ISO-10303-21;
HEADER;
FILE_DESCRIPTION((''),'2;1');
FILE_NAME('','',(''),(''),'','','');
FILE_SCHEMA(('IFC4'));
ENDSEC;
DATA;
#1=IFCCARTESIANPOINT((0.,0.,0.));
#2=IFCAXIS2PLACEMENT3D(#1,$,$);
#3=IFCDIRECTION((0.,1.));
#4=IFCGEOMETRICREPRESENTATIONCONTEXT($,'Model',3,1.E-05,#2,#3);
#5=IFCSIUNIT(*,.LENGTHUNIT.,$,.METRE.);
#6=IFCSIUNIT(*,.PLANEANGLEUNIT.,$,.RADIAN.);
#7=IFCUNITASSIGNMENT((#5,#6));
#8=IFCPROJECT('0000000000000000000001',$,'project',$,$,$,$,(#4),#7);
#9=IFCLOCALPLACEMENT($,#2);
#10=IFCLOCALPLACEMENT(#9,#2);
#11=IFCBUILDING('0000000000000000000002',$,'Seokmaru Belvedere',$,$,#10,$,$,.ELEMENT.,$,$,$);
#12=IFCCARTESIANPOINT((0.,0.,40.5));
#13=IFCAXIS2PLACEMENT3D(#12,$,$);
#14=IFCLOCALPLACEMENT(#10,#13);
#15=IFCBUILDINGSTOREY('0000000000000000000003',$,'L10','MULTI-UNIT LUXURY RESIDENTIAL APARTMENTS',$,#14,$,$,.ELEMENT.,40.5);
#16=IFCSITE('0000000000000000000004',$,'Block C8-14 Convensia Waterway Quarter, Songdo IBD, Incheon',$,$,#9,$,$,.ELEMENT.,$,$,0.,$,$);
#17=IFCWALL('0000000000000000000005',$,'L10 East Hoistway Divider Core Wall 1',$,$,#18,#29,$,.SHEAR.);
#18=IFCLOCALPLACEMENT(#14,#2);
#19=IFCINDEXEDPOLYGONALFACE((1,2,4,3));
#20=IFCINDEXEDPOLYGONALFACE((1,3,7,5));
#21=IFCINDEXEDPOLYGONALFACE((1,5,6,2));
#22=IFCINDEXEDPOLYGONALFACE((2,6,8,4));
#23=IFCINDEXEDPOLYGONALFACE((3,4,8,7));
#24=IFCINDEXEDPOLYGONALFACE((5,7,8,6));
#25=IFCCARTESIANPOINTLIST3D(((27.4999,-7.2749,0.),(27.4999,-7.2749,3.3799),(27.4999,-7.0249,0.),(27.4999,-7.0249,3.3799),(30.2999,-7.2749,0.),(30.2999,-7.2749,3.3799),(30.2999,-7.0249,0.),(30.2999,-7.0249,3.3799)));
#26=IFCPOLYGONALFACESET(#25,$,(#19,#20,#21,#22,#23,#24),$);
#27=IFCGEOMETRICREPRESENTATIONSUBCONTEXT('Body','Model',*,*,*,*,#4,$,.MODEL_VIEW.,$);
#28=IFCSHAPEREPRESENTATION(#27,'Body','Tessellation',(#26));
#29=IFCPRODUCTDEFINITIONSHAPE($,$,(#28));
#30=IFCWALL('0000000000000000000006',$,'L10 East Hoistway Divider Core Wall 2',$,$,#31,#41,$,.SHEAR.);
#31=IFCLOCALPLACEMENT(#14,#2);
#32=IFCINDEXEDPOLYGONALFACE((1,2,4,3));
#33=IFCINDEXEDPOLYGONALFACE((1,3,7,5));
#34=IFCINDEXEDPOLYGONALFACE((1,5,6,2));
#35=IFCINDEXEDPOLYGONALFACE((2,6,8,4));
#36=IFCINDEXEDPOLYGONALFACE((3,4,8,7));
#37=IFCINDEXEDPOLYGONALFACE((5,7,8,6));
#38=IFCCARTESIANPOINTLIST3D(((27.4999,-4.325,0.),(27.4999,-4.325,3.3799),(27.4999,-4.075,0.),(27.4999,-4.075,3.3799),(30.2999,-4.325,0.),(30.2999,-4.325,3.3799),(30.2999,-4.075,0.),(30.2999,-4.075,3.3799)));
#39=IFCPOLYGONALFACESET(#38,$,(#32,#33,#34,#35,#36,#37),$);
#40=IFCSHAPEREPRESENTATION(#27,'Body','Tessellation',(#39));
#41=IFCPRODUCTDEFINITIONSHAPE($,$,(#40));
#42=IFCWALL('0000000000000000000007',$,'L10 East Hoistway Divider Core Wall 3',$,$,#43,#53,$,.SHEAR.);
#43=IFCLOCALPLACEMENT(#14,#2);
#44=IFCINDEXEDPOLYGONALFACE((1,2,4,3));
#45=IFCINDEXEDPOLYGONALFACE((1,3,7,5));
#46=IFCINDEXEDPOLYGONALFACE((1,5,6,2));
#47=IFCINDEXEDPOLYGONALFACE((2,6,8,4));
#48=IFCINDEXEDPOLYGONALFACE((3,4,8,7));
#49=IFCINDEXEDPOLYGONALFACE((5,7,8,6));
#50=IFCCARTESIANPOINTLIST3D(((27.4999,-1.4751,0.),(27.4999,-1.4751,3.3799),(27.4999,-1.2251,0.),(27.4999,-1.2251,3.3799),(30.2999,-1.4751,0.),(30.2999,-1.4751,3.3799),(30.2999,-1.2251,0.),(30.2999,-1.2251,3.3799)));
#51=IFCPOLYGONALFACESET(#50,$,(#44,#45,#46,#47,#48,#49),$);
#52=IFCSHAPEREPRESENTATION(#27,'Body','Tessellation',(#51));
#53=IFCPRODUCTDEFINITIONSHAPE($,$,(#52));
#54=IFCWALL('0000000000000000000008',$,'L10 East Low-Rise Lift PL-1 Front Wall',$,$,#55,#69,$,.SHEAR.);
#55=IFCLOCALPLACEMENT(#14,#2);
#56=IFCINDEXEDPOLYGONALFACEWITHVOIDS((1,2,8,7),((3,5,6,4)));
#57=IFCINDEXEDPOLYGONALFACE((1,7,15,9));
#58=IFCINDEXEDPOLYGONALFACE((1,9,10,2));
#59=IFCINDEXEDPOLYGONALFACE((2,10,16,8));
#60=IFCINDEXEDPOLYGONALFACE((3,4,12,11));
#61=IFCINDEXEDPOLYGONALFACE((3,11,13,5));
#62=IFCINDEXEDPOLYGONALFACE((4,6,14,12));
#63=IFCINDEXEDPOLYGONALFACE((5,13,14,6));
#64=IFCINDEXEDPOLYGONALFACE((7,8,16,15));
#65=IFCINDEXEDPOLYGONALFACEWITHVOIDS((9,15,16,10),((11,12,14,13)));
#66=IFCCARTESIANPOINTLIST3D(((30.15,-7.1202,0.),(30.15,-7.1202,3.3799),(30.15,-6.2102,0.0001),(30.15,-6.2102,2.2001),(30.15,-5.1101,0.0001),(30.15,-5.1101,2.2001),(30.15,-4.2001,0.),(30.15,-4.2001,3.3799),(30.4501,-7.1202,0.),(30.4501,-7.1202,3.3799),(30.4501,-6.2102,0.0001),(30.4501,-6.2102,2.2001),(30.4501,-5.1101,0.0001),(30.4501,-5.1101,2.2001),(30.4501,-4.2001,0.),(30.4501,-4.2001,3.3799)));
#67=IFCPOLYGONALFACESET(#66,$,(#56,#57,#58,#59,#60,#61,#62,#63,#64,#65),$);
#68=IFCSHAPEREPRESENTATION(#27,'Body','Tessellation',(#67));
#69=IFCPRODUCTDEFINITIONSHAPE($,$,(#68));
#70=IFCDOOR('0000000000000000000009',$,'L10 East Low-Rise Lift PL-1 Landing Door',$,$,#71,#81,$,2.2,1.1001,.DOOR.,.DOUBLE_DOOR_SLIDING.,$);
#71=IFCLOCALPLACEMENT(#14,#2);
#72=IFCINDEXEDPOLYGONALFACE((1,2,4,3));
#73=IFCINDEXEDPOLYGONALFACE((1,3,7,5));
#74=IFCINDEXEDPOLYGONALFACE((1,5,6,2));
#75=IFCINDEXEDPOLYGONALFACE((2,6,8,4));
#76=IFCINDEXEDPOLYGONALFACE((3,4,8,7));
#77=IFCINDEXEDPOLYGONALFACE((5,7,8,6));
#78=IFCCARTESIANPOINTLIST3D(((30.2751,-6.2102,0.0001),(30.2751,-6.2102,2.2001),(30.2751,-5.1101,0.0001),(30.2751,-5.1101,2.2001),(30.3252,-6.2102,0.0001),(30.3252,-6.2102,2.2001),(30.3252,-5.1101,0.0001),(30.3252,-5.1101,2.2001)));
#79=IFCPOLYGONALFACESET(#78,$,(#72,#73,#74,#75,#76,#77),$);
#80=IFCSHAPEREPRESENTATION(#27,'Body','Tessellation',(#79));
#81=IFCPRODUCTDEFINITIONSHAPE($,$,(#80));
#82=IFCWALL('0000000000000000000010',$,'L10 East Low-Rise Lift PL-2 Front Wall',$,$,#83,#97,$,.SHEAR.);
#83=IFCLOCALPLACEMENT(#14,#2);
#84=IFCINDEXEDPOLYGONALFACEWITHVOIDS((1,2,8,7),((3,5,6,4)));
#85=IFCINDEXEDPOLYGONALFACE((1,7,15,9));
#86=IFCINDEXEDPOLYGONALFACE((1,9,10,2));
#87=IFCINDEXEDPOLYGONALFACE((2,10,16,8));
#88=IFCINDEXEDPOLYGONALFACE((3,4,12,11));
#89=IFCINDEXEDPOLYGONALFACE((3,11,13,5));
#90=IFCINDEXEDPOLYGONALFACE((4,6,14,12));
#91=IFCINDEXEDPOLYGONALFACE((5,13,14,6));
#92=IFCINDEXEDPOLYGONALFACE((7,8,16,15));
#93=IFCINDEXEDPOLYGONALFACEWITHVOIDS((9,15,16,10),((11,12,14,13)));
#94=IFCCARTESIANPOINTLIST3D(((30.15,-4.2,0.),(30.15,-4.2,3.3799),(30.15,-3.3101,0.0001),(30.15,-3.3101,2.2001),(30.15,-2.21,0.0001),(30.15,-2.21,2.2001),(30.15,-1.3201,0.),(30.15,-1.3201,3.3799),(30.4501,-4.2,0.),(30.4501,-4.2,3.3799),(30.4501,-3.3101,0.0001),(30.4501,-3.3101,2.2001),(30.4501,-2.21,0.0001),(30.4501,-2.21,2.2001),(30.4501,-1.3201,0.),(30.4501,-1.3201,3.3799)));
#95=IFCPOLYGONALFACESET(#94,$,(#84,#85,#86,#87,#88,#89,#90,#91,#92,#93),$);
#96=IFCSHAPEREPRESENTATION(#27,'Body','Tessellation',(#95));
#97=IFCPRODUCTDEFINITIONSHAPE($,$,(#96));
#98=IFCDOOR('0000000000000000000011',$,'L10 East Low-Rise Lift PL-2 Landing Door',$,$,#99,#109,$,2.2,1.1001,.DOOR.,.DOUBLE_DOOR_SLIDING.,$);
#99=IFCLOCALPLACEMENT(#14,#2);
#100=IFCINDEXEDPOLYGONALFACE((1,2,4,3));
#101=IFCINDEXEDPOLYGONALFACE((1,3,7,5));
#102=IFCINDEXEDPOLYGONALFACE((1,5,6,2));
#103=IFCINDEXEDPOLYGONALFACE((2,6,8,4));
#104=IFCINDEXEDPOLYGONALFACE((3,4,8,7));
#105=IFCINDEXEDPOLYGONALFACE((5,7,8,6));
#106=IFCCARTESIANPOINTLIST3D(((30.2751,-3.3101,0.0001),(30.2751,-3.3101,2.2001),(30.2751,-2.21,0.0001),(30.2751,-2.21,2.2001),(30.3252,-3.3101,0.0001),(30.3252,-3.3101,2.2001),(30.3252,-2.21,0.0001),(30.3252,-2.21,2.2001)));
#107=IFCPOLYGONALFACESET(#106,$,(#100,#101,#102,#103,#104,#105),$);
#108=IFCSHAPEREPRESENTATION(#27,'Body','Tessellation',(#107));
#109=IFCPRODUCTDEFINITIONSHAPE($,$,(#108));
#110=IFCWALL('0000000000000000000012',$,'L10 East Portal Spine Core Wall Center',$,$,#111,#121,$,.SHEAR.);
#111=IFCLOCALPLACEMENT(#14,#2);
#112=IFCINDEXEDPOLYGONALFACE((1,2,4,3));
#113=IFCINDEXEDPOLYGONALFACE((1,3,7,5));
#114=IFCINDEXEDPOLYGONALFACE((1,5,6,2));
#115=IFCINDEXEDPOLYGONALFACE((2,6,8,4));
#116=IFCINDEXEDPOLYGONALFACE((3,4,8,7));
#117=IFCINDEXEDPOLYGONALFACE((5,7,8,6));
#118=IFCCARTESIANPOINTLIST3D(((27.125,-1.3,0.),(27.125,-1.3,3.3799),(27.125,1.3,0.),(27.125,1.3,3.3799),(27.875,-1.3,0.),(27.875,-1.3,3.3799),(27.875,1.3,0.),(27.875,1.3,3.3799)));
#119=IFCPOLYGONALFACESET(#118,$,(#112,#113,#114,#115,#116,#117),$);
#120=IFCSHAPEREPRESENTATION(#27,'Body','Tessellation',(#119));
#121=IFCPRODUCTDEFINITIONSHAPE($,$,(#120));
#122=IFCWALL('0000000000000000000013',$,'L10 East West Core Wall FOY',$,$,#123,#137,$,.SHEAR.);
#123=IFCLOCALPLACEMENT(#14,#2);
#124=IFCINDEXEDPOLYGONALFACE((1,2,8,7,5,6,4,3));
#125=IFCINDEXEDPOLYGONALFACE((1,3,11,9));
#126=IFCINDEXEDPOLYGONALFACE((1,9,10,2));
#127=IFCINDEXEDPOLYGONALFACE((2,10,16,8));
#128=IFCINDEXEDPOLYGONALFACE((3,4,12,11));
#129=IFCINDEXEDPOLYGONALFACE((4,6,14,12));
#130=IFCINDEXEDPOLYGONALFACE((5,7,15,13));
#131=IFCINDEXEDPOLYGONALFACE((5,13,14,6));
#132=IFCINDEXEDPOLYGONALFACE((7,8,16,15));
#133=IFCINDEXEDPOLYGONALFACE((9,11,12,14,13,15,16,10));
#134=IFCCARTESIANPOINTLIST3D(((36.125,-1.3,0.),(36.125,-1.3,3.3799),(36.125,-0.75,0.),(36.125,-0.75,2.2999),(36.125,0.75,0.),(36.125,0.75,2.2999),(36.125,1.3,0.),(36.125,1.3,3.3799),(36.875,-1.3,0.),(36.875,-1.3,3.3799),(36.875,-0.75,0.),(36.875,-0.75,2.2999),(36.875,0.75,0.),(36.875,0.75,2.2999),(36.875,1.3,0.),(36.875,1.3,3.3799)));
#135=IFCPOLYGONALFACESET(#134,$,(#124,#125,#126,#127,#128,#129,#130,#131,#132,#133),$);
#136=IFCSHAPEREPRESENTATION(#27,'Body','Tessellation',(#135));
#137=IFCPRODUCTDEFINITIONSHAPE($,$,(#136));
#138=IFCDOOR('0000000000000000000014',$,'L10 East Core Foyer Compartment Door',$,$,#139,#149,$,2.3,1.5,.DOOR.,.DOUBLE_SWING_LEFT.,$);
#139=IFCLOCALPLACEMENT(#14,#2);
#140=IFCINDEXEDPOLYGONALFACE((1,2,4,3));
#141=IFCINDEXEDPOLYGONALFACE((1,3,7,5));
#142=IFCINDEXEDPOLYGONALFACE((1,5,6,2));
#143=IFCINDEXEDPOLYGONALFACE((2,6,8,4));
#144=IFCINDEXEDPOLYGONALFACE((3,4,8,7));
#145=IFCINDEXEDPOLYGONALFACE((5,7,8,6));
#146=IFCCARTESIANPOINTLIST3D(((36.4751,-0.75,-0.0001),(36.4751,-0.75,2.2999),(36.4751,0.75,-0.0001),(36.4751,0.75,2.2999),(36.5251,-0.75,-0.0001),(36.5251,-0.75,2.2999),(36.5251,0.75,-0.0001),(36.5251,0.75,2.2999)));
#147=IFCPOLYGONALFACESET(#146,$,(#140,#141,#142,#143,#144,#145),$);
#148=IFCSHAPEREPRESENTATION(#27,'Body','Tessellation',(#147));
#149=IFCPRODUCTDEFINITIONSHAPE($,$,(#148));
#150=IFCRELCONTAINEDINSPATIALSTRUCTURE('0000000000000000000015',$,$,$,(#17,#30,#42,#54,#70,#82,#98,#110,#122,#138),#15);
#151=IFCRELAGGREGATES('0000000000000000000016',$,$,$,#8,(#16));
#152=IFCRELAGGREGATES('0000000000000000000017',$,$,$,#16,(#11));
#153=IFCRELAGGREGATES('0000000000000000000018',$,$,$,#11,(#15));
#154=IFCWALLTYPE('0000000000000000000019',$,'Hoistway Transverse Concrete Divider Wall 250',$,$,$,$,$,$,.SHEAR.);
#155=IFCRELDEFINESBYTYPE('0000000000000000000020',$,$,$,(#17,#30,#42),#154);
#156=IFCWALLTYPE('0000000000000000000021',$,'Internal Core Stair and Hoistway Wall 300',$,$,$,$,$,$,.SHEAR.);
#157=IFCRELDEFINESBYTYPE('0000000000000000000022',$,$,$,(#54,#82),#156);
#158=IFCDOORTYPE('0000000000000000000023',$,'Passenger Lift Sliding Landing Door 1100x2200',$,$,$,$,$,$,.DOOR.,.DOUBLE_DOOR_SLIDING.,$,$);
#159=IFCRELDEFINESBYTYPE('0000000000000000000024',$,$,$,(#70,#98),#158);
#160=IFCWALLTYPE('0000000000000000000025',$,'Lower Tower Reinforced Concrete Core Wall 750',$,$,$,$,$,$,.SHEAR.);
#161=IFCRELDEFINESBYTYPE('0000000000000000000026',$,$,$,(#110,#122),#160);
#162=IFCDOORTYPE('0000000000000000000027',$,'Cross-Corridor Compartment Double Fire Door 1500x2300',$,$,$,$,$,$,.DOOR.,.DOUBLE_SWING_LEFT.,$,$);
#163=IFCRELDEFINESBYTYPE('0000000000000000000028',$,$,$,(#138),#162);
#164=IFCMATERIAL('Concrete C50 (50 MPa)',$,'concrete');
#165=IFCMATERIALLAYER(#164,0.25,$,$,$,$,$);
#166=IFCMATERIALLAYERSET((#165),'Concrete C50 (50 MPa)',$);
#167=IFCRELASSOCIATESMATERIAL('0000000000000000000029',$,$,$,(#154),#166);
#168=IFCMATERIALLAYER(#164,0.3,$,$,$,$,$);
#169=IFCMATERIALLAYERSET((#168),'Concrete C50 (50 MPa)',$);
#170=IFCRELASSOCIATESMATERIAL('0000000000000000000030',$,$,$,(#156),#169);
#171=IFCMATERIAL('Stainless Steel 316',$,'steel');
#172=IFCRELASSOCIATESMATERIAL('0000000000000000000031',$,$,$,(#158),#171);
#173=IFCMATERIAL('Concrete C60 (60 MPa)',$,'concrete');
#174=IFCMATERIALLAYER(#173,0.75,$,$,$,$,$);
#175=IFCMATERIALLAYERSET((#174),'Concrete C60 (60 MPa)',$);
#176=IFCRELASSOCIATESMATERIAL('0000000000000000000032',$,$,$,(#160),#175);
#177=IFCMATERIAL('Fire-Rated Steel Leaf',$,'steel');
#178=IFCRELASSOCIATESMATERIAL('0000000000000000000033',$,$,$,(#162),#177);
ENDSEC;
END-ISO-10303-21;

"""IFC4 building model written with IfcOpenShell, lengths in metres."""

from ifc_helpers import new_model, si_unit, direction, frame, frame_2d, origin, place, context, subcontext, project, spatial, rectangle, extrude, source, transform, mapped, material, layer, layer_set, type_object, type_shapes, element, fill, save


model = new_model("IFC4")

# Units and contexts
model_context = context("Model", 3, precision=1e-05, world=origin(), true_north=direction((0.0, 1.0)))
body_context = subcontext(model_context, "Body", "Model", "MODEL_VIEW")
ifc_project = project(units=[si_unit("LENGTHUNIT", "METRE"), si_unit("PLANEANGLEUNIT", "RADIAN")], contexts=[model_context])

# Site, building, storey
site_placement = place(None, origin())
site = spatial("IfcSite", under=ifc_project, at=site_placement, Name="Block C8-14 Convensia Waterway Quarter, Songdo IBD, Incheon", CompositionType="ELEMENT", RefElevation=0.0)
building_placement = place(site_placement, origin())
building = spatial("IfcBuilding", under=site, at=building_placement, Name="Seokmaru Belvedere", CompositionType="ELEMENT")
storey_placement = place(building_placement, frame((0.0, 0.0, 40.5)))
storey = spatial("IfcBuildingStorey", under=building, at=storey_placement, Name="L10", Description="MULTI-UNIT LUXURY RESIDENTIAL APARTMENTS", CompositionType="ELEMENT", Elevation=40.5)

# Shared definitions
ifc_material_1 = material(Name="Fire-Rated Steel Leaf", Category="steel")

# Walls
ifc_material_2 = material(Name="Concrete C50 (50 MPa)", Category="concrete")
ifc_layer_1 = layer(ifc_material_2, 0.25)
ifc_layer_set_1 = layer_set([ifc_layer_1], Name="Concrete C50 (50 MPa)")
wall_type_1 = type_object("IfcWallType", Name="Hoistway Transverse Concrete Divider Wall 250", PredefinedType="SHEAR", material=ifc_layer_set_1)
for number, where, z_axis, x_axis, name in (
    (1, (27.5, -7.1499, 0.0), (0.0, 0.0, 1.0), (1.0, 0.0, 0.0), "L10 East Hoistway Divider Core Wall 1"),
    (2, (27.5, -4.2, 0.0), (0.0, 0.0, 1.0), (1.0, 0.0, 0.0), "L10 East Hoistway Divider Core Wall 2"),
    (3, (27.5, -1.3501, 0.0), (0.0, 0.0, 1.0), (1.0, 0.0, 0.0), "L10 East Hoistway Divider Core Wall 3"),
):
    element("IfcWall", number, at=place(storey_placement, frame(where, z_axis=z_axis, x_axis=x_axis)), inside=storey, type_object=wall_type_1, Name=name, PredefinedType="SHEAR", context=body_context, shape_type="SweptSolid", body=[
        extrude(rectangle(XDim=2.8, YDim=0.25, at=frame_2d((1.3999, 0.0))), origin(), (0.0, 0.0, 1.0), 3.3799),
    ])

# Walls, openings, doors
ifc_layer_2 = layer(ifc_material_2, 0.3)
ifc_layer_set_2 = layer_set([ifc_layer_2], Name="Concrete C50 (50 MPa)")
wall_type_2 = type_object("IfcWallType", Name="Internal Core Stair and Hoistway Wall 300", PredefinedType="SHEAR", material=ifc_layer_set_2)
wall_1_placement = place(storey_placement, frame((30.3, -7.1201, 0.0), z_axis=(0.0, 0.0, 1.0), x_axis=(0.0, 1.0, 0.0)))
wall_1 = element("IfcWall", 4, at=wall_1_placement, inside=storey, type_object=wall_type_2, Name="L10 East Low-Rise Lift PL-1 Front Wall", PredefinedType="SHEAR", context=body_context, shape_type="SweptSolid", body=[
    extrude(rectangle(XDim=2.9202, YDim=0.3, at=frame_2d((1.46, 0.0))), origin(), (0.0, 0.0, 1.0), 3.3799),
])
opening_1_placement = place(wall_1_placement, frame((0.9099, 0.0, 0.0)))
opening_1 = element("IfcOpeningElement", 5, at=opening_1_placement, cuts=wall_1, PredefinedType="OPENING", context=body_context, shape_type="SweptSolid", body=[
    extrude(rectangle(XDim=1.1001, YDim=2.2, at=frame_2d((0.55, 1.1001))), frame((0.0, 0.1602, 0.0), z_axis=(0.0, -1.0, 0.0), x_axis=(1.0, 0.0, 0.0)), (0.0, 0.0, 1.0), 0.3201),
])
ifc_material_3 = material(Name="Stainless Steel 316", Category="steel")
door_type_1 = type_object("IfcDoorType", Name="Passenger Lift Sliding Landing Door 1100x2200", OperationType="DOUBLE_DOOR_SLIDING", PredefinedType="DOOR", material=ifc_material_3)
shared_shape_1 = source(origin(), body_context, "Body", "SweptSolid", [
    extrude(rectangle(XDim=1.1001, YDim=2.2, at=frame_2d((0.55, 1.1001))), frame((0.0, 0.0249, 0.0), z_axis=(0.0, -1.0, 0.0), x_axis=(1.0, 0.0, 0.0)), (0.0, 0.0, 1.0), 0.05),
])
type_shapes(door_type_1, [shared_shape_1])
door_1_placement = place(opening_1_placement, origin())
door_1 = element("IfcDoor", 6, at=door_1_placement, inside=storey, type_object=door_type_1, Name="L10 East Low-Rise Lift PL-1 Landing Door", OperationType="DOUBLE_DOOR_SLIDING", OverallHeight=2.2, OverallWidth=1.1001, PredefinedType="DOOR", context=body_context, shape_type="MappedRepresentation", body=[
    mapped(shared_shape_1, transform((0.0, 0.0, 0.0), scale=1.0)),
])
fill(opening_1, door_1)
wall_2_placement = place(storey_placement, frame((30.3, -4.2, 0.0), z_axis=(0.0, 0.0, 1.0), x_axis=(0.0, 1.0, 0.0)))
wall_2 = element("IfcWall", 7, at=wall_2_placement, inside=storey, type_object=wall_type_2, Name="L10 East Low-Rise Lift PL-2 Front Wall", PredefinedType="SHEAR", context=body_context, shape_type="SweptSolid", body=[
    extrude(rectangle(XDim=2.8799, YDim=0.3, at=frame_2d((1.4399, 0.0))), origin(), (0.0, 0.0, 1.0), 3.3799),
])
opening_2_placement = place(wall_2_placement, frame((0.8899, 0.0, 0.0)))
opening_2 = element("IfcOpeningElement", 8, at=opening_2_placement, cuts=wall_2, PredefinedType="OPENING", context=body_context, shape_type="SweptSolid", body=[
    extrude(rectangle(XDim=1.1001, YDim=2.2, at=frame_2d((0.55, 1.1001))), frame((0.0, 0.1602, 0.0), z_axis=(0.0, -1.0, 0.0), x_axis=(1.0, 0.0, 0.0)), (0.0, 0.0, 1.0), 0.3201),
])
door_2_placement = place(opening_2_placement, origin())
door_2 = element("IfcDoor", 9, at=door_2_placement, inside=storey, type_object=door_type_1, Name="L10 East Low-Rise Lift PL-2 Landing Door", OperationType="DOUBLE_DOOR_SLIDING", OverallHeight=2.2, OverallWidth=1.1001, PredefinedType="DOOR", context=body_context, shape_type="MappedRepresentation", body=[
    mapped(shared_shape_1, transform((0.0, 0.0, 0.0), scale=1.0)),
])
fill(opening_2, door_2)

# Wall
ifc_material_4 = material(Name="Concrete C60 (60 MPa)", Category="concrete")
ifc_layer_3 = layer(ifc_material_4, 0.75)
ifc_layer_set_3 = layer_set([ifc_layer_3], Name="Concrete C60 (60 MPa)")
wall_type_3 = type_object("IfcWallType", Name="Lower Tower Reinforced Concrete Core Wall 750", PredefinedType="SHEAR", material=ifc_layer_set_3)
wall_3_placement = place(storey_placement, frame((27.5, -1.3, 0.0), z_axis=(0.0, 0.0, 1.0), x_axis=(0.0, 1.0, 0.0)))
element("IfcWall", 10, at=wall_3_placement, inside=storey, type_object=wall_type_3, Name="L10 East Portal Spine Core Wall Center", PredefinedType="SHEAR", context=body_context, shape_type="SweptSolid", body=[
    extrude(rectangle(XDim=2.6001, YDim=0.75, at=frame_2d((1.3, 0.0))), origin(), (0.0, 0.0, 1.0), 3.3799),
])

# Wall, opening, door
wall_4_placement = place(storey_placement, frame((36.5, -1.3, 0.0), z_axis=(0.0, 0.0, 1.0), x_axis=(0.0, 1.0, 0.0)))
wall_4 = element("IfcWall", 11, at=wall_4_placement, inside=storey, type_object=wall_type_3, Name="L10 East West Core Wall FOY", PredefinedType="SHEAR", context=body_context, shape_type="SweptSolid", body=[
    extrude(rectangle(XDim=2.6001, YDim=0.75, at=frame_2d((1.3, 0.0))), origin(), (0.0, 0.0, 1.0), 3.3799),
])
opening_3_placement = place(wall_4_placement, frame((0.55, 0.0, 0.0)))
opening_3 = element("IfcOpeningElement", 12, at=opening_3_placement, cuts=wall_4, PredefinedType="OPENING", context=body_context, shape_type="SweptSolid", body=[
    extrude(rectangle(XDim=1.5, YDim=2.3, at=frame_2d((0.75, 1.1499))), frame((0.0, 0.385, 0.0), z_axis=(0.0, -1.0, 0.0), x_axis=(1.0, 0.0, 0.0)), (0.0, 0.0, 1.0), 0.77),
])
door_type_2 = type_object("IfcDoorType", Name="Cross-Corridor Compartment Double Fire Door 1500x2300", OperationType="DOUBLE_SWING_LEFT", PredefinedType="DOOR", material=ifc_material_1)
shared_shape_2 = source(origin(), body_context, "Body", "SweptSolid", [
    extrude(rectangle(XDim=1.5, YDim=2.3, at=frame_2d((0.75, 1.1499))), frame((0.0, 0.0249, 0.0), z_axis=(0.0, -1.0, 0.0), x_axis=(1.0, 0.0, 0.0)), (0.0, 0.0, 1.0), 0.05),
])
type_shapes(door_type_2, [shared_shape_2])
door_3_placement = place(opening_3_placement, origin())
door_3 = element("IfcDoor", 13, at=door_3_placement, inside=storey, type_object=door_type_2, Name="L10 East Core Foyer Compartment Door", OperationType="DOUBLE_SWING_LEFT", OverallHeight=2.3, OverallWidth=1.5, PredefinedType="DOOR", context=body_context, shape_type="MappedRepresentation", body=[
    mapped(shared_shape_2, transform((0.0, 0.0, 0.0), scale=1.0)),
])
fill(opening_3, door_3)

save(model, "model.ifc")
